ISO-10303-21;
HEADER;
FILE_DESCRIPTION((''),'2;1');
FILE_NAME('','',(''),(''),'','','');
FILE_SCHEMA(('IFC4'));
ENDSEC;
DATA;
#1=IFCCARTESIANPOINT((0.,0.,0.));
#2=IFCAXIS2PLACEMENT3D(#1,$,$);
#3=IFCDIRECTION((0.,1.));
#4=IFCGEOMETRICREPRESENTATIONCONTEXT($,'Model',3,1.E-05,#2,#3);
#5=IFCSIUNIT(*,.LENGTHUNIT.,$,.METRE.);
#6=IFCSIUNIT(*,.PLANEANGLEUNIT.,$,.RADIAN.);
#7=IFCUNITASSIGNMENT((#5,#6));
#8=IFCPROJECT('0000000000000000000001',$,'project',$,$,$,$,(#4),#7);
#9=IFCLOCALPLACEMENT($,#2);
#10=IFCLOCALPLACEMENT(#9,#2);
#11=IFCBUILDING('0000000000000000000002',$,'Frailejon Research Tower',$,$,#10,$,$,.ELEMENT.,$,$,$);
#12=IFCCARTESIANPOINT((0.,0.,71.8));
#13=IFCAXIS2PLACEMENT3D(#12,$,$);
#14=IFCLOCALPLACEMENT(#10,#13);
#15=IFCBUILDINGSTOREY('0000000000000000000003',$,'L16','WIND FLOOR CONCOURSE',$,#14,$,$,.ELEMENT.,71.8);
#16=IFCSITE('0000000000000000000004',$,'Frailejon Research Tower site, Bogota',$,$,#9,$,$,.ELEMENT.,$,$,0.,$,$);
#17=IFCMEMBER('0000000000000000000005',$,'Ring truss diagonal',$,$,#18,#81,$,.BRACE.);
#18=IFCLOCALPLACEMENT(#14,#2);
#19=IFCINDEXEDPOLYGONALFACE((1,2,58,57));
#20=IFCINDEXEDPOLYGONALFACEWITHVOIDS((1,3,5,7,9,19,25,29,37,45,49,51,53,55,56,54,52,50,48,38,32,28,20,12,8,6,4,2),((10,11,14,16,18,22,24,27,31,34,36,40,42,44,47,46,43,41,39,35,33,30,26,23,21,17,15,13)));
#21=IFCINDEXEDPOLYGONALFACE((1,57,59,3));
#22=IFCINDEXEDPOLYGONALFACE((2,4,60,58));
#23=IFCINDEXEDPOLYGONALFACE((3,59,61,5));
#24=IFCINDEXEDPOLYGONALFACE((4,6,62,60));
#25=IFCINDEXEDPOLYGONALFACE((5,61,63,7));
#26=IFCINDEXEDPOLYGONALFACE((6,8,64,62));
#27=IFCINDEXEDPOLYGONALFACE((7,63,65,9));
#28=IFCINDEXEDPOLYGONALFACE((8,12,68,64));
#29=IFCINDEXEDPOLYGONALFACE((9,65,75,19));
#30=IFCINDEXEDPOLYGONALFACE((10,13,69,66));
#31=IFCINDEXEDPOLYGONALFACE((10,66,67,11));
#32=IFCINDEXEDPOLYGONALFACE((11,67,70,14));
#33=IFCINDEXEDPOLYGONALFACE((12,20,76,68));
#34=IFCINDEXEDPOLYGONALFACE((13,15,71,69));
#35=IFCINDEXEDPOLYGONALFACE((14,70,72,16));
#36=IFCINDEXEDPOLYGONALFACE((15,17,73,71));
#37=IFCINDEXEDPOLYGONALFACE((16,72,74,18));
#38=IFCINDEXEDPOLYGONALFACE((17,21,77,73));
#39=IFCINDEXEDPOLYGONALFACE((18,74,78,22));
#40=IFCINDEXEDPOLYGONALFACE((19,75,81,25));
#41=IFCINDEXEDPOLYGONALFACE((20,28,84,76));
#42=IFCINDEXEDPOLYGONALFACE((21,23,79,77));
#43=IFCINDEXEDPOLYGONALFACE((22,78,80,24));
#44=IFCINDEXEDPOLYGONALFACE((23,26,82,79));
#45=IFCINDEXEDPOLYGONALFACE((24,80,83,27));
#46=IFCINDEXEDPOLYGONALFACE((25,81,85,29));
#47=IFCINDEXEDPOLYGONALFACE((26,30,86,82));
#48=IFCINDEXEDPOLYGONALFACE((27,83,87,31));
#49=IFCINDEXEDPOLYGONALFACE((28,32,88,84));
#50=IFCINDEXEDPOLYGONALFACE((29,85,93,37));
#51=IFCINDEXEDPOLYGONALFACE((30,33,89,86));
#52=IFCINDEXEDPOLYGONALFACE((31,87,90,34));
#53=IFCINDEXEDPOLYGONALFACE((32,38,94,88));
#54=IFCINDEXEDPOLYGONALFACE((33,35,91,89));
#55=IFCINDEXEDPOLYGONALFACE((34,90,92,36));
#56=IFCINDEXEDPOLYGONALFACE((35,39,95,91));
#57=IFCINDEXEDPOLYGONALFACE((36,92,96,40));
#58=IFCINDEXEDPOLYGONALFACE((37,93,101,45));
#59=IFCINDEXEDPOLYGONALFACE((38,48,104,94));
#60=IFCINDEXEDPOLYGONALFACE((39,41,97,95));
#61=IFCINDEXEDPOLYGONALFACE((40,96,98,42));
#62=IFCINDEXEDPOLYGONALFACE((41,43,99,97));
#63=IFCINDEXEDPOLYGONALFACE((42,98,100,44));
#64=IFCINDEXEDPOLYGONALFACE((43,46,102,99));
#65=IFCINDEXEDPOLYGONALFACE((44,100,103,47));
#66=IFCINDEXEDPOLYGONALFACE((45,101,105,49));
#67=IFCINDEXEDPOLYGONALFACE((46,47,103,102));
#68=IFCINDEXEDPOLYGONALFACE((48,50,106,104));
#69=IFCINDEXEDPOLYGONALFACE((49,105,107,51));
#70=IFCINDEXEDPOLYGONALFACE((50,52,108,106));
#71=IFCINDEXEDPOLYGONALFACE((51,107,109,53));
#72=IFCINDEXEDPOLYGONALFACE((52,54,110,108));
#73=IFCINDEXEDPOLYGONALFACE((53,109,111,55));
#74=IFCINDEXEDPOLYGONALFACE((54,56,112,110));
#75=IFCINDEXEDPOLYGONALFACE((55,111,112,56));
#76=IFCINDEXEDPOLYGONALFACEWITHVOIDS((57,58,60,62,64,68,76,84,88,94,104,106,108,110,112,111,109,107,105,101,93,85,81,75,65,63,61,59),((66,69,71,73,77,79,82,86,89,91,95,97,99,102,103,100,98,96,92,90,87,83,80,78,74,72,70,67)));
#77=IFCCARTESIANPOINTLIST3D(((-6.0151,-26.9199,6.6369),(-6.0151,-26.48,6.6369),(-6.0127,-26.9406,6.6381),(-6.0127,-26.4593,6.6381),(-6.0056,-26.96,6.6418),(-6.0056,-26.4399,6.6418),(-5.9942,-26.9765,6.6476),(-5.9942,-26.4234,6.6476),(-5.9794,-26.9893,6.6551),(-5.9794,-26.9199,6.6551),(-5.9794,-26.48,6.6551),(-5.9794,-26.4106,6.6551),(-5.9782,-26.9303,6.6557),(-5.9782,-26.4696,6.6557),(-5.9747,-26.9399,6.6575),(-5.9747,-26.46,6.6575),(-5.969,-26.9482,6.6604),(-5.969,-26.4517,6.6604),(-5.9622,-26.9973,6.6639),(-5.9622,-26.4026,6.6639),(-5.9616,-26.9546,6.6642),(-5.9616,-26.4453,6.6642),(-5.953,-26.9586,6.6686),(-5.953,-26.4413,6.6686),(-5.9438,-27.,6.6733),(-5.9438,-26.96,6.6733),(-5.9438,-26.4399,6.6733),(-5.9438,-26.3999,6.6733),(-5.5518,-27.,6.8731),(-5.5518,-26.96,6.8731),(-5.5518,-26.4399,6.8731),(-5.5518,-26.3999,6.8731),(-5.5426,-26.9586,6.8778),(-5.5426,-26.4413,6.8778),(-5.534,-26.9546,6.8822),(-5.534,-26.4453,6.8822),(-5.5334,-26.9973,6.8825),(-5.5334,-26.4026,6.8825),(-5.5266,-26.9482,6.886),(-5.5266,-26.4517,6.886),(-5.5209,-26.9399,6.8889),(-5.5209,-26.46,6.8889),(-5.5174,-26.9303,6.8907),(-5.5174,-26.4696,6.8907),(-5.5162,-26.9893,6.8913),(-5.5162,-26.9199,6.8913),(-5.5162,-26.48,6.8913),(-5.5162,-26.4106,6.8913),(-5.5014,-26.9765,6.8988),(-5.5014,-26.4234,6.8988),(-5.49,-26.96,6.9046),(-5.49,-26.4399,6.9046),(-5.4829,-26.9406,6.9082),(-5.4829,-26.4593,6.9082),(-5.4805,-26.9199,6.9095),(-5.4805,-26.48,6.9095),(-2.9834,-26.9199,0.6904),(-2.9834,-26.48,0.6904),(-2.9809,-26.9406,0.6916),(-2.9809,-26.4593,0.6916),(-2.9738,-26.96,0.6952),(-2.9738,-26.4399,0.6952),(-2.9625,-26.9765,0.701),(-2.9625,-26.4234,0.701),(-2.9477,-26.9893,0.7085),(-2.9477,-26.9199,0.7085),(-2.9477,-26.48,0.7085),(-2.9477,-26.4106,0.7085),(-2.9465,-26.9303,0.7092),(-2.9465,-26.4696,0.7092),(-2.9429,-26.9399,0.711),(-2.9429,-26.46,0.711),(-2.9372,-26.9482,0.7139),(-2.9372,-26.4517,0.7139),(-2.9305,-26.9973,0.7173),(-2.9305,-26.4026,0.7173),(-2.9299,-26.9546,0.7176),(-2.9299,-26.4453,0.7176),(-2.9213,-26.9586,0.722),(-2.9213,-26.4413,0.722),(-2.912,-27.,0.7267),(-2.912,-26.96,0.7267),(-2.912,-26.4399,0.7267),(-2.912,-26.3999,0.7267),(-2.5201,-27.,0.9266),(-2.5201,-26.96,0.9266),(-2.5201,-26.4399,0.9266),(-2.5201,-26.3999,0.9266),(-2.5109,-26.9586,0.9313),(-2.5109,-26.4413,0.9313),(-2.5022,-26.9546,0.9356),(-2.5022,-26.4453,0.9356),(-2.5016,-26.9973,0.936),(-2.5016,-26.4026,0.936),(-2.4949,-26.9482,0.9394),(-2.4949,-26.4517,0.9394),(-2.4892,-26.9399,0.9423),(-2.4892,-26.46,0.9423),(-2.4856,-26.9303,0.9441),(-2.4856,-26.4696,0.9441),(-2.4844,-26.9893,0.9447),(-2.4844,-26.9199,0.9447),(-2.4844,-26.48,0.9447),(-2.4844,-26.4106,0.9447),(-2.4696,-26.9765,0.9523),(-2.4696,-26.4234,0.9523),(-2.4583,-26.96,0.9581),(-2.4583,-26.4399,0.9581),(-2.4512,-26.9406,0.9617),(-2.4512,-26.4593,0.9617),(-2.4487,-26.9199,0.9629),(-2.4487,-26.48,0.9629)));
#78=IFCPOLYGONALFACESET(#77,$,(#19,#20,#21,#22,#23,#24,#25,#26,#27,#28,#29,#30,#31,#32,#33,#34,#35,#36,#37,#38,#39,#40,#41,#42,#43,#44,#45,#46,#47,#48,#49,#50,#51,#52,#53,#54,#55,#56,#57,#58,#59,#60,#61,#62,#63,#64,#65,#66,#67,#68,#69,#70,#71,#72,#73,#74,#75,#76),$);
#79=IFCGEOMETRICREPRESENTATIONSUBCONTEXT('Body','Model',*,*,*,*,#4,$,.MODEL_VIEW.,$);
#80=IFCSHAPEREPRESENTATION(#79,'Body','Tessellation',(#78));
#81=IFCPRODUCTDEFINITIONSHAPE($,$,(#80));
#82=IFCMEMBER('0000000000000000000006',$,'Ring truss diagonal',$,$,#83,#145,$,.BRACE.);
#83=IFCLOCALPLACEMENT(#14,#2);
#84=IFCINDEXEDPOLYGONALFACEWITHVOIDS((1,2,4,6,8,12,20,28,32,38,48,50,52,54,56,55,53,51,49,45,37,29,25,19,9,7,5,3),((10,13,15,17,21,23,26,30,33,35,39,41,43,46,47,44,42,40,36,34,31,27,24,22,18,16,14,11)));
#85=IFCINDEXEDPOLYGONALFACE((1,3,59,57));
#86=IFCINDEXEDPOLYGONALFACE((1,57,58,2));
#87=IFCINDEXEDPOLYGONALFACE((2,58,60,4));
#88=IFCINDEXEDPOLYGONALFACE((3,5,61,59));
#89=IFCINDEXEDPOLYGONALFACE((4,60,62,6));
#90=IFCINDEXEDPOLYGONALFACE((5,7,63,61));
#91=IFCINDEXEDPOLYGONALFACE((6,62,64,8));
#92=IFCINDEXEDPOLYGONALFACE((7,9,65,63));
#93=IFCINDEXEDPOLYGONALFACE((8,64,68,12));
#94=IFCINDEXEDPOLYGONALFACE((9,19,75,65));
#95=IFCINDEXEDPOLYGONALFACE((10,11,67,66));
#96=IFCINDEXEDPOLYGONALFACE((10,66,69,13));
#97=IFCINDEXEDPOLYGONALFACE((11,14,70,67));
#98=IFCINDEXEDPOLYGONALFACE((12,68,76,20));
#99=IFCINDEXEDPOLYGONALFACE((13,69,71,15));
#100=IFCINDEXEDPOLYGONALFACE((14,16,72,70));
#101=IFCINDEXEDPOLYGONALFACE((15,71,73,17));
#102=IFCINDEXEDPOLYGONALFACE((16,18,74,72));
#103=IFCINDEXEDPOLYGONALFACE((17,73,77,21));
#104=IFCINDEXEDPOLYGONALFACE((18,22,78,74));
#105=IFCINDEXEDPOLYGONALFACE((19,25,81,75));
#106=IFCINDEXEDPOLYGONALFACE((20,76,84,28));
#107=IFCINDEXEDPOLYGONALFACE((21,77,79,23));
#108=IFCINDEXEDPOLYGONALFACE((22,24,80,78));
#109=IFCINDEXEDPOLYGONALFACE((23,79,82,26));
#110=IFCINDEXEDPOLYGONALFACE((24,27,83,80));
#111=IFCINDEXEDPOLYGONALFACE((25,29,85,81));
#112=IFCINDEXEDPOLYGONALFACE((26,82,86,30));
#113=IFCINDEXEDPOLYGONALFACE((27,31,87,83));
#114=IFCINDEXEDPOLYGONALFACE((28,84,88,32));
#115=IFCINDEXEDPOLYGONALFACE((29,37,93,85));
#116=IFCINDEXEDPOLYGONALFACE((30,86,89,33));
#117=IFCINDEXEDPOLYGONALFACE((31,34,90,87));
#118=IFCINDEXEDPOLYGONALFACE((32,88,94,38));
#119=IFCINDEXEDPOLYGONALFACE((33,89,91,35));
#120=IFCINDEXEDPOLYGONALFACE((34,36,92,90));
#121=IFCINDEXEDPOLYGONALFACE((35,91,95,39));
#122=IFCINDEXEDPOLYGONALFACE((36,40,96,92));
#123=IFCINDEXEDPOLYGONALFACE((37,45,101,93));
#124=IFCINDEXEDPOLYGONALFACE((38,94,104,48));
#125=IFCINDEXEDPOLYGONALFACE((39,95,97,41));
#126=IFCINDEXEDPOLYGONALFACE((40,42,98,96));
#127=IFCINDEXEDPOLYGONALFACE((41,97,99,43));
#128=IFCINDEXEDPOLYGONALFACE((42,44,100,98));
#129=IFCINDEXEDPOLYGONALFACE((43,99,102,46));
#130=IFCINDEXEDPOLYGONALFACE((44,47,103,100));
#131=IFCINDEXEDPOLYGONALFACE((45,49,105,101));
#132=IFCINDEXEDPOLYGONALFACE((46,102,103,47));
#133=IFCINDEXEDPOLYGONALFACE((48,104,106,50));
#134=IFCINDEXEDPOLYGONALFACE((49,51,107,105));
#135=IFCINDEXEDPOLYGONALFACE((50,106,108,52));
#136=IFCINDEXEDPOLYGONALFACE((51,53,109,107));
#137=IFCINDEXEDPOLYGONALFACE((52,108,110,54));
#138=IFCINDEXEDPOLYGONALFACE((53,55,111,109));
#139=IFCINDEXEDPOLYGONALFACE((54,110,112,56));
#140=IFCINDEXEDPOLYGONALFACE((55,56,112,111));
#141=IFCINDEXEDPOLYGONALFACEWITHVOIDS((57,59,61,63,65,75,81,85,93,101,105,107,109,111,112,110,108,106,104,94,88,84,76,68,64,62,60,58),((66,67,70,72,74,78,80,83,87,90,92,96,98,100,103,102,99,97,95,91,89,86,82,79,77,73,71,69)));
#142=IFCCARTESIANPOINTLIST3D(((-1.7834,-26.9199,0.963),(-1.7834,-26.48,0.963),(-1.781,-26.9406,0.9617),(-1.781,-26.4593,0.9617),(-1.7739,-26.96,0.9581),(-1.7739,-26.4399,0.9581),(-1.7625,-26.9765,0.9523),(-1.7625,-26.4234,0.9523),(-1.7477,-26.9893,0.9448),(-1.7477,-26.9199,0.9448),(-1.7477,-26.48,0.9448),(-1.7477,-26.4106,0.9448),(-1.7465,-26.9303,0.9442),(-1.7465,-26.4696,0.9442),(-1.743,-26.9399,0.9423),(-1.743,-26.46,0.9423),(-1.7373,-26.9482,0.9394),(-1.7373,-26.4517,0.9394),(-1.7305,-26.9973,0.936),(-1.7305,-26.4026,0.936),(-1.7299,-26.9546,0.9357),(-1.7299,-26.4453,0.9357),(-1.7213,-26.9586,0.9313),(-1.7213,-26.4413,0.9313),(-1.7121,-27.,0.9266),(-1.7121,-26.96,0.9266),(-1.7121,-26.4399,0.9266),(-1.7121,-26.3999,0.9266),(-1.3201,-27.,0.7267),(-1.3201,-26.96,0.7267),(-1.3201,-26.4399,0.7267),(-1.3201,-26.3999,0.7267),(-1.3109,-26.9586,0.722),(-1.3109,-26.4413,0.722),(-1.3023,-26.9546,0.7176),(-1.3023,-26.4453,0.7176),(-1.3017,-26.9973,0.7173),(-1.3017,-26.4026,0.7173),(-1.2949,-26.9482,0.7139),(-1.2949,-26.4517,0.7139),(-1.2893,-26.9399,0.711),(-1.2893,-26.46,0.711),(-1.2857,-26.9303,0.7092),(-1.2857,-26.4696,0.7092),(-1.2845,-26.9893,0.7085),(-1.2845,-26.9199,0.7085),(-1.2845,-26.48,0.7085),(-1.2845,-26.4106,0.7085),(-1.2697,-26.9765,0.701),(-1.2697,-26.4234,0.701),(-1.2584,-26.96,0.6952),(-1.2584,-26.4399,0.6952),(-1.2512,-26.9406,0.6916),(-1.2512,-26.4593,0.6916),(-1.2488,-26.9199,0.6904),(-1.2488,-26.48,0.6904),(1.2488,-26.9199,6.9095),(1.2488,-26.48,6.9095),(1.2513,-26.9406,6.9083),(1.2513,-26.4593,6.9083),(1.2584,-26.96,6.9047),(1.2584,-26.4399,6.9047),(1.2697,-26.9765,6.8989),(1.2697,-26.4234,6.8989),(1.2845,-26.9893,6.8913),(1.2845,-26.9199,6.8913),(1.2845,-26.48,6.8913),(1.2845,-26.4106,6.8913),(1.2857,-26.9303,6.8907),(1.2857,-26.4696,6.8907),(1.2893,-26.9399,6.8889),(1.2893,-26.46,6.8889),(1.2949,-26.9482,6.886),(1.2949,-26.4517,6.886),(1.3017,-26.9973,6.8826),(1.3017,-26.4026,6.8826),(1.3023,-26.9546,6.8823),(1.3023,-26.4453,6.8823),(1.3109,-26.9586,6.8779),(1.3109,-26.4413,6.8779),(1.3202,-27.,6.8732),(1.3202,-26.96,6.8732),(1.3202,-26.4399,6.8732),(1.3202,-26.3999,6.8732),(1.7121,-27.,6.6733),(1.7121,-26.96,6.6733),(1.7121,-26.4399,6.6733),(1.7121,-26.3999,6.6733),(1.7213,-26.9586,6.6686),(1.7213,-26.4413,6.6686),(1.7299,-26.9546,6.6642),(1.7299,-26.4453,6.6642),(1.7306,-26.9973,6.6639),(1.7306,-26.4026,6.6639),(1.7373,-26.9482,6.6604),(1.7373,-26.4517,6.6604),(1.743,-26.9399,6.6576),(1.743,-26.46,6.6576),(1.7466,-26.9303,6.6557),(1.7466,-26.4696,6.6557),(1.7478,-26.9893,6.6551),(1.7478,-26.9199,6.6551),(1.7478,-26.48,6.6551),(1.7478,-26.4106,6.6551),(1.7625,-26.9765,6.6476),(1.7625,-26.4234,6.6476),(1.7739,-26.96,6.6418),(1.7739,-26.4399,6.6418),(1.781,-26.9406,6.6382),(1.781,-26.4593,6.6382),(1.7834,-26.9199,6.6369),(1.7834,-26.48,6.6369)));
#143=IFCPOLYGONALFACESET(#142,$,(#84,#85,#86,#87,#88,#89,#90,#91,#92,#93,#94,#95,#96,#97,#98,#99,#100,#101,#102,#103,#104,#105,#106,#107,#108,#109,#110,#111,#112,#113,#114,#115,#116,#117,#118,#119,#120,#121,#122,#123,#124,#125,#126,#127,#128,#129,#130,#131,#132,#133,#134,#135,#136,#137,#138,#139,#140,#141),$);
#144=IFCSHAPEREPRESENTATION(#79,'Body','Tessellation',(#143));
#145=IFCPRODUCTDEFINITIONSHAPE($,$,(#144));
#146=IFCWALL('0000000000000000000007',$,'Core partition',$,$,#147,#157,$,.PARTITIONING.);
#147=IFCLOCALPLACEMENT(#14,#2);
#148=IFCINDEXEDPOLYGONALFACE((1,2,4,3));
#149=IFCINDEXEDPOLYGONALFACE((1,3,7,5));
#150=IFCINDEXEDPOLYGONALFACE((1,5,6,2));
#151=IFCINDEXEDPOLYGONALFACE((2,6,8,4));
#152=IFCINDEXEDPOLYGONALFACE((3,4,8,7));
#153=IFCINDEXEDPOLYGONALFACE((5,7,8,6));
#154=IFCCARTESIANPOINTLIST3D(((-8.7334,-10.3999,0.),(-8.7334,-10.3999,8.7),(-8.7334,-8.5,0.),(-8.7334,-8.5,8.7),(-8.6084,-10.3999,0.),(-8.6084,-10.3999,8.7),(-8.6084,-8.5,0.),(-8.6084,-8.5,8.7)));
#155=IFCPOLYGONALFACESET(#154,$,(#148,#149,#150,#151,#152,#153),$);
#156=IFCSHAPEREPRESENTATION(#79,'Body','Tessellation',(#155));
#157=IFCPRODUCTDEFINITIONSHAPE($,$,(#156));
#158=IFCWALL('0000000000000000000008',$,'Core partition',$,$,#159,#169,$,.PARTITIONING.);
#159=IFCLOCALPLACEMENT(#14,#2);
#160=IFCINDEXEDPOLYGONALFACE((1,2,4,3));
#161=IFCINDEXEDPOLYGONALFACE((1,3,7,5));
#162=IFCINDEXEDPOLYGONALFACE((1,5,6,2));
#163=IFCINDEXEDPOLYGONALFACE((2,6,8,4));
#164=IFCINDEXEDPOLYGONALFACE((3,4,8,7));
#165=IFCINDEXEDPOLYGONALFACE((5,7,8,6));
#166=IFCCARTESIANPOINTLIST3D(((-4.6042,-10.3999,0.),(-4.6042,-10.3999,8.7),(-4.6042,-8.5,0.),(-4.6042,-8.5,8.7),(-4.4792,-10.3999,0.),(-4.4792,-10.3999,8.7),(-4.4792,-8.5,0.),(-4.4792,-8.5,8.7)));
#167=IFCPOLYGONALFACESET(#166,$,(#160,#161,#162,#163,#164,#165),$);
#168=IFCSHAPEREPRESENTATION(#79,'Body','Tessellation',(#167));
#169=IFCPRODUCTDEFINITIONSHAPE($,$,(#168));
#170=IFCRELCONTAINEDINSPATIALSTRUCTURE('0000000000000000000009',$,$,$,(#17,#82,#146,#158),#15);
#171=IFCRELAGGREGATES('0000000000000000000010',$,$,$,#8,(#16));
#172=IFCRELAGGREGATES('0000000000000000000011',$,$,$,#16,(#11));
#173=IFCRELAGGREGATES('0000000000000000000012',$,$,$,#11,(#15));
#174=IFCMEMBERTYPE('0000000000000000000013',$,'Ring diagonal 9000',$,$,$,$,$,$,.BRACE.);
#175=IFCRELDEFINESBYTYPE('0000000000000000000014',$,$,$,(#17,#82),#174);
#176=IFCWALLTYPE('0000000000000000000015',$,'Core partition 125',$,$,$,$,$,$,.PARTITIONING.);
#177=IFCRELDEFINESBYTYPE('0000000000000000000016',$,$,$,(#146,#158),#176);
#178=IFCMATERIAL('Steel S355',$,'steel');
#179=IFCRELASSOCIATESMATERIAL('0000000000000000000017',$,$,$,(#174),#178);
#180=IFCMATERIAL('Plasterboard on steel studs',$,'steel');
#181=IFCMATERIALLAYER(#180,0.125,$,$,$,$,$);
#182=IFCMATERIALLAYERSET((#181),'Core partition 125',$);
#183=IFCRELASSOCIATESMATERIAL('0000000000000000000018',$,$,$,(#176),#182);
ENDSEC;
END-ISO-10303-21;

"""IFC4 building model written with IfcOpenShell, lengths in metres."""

from ifc_helpers import new_model, si_unit, direction, frame, frame_2d, origin, origin_2d, place, context, subcontext, project, spatial, rectangle, hollow_rectangle, extrude, material, layer, layer_set, material_profile, profile_set, type_object, element, save


model = new_model("IFC4")

# Units and contexts
model_context = context("Model", 3, precision=1e-05, world=origin(), true_north=direction((0.0, 1.0)))
body_context = subcontext(model_context, "Body", "Model", "MODEL_VIEW")
ifc_project = project(units=[si_unit("LENGTHUNIT", "METRE"), si_unit("PLANEANGLEUNIT", "RADIAN")], contexts=[model_context])

# Site, building, storey
site_placement = place(None, origin())
site = spatial("IfcSite", under=ifc_project, at=site_placement, Name="Frailejon Research Tower site, Bogota", CompositionType="ELEMENT", RefElevation=0.0)
building_placement = place(site_placement, origin())
building = spatial("IfcBuilding", under=site, at=building_placement, Name="Frailejon Research Tower", CompositionType="ELEMENT")
storey_placement = place(building_placement, frame((0.0, 0.0, 71.8)))
storey = spatial("IfcBuildingStorey", under=building, at=storey_placement, Name="L16", Description="WIND FLOOR CONCOURSE", CompositionType="ELEMENT", Elevation=71.8)

# Members
ifc_material_1 = material(Name="Steel S355", Category="steel")
ifc_material_profile_1 = material_profile(ifc_material_1, hollow_rectangle(XDim=0.6001, YDim=0.6001, WallThickness=0.04, InnerFilletRadius=0.04, OuterFilletRadius=0.0801, at=origin_2d()), Name="Ring diagonal 9000")
ifc_profile_set_1 = profile_set([ifc_material_profile_1], Name="Steel S355")
member_type = type_object("IfcMemberType", Name="Ring diagonal 9000", PredefinedType="BRACE", material=ifc_profile_set_1)
for number, where, z_axis, x_axis, name in (
    (1, (-5.7478, -26.7, 6.7732), (0.454208, 0.0, -0.890896), (0.0, 1.0, 0.0), "Ring truss diagonal"),
):
    element("IfcMember", number, at=place(storey_placement, frame(where, z_axis=z_axis, x_axis=x_axis)), inside=storey, type_object=member_type, Name=name, PredefinedType="BRACE", context=body_context, shape_type="SweptSolid", body=[
        extrude(hollow_rectangle(XDim=0.6001, YDim=0.6001, WallThickness=0.04, InnerFilletRadius=0.04, OuterFilletRadius=0.0801, at=origin_2d()), origin(), (0.0, 0.0, 1.0), 6.6748),
    ])
member_1_placement = place(storey_placement, frame((-1.5161, -26.7, 0.8267), z_axis=(0.454266, 0.0, 0.890866), x_axis=(0.0, 1.0, 0.0)))
element("IfcMember", 2, at=member_1_placement, inside=storey, type_object=member_type, Name="Ring truss diagonal", PredefinedType="BRACE", context=body_context, shape_type="SweptSolid", body=[
    extrude(hollow_rectangle(XDim=0.6001, YDim=0.6001, WallThickness=0.04, InnerFilletRadius=0.04, OuterFilletRadius=0.0801, at=origin_2d()), origin(), (0.0, 0.0, 1.0), 6.675),
])

# Walls
ifc_material_2 = material(Name="Plasterboard on steel studs", Category="steel")
ifc_layer_1 = layer(ifc_material_2, 0.125)
ifc_layer_set_1 = layer_set([ifc_layer_1], Name="Core partition 125")
wall_type_1 = type_object("IfcWallType", Name="Core partition 125", PredefinedType="PARTITIONING", material=ifc_layer_set_1)
for number, where, z_axis, x_axis, name in (
    (3, (-8.6709, -10.3999, 0.0), (0.0, 0.0, 1.0), (0.0, 1.0, 0.0), "Core partition"),
    (4, (-4.5417, -10.3999, 0.0), (0.0, 0.0, 1.0), (0.0, 1.0, 0.0), "Core partition"),
):
    element("IfcWall", number, at=place(storey_placement, frame(where, z_axis=z_axis, x_axis=x_axis)), inside=storey, type_object=wall_type_1, Name=name, PredefinedType="PARTITIONING", context=body_context, shape_type="SweptSolid", body=[
        extrude(rectangle(XDim=1.8999, YDim=0.125, at=frame_2d((0.95, 0.0))), origin(), (0.0, 0.0, 1.0), 8.7),
    ])

save(model, "model.ifc")
